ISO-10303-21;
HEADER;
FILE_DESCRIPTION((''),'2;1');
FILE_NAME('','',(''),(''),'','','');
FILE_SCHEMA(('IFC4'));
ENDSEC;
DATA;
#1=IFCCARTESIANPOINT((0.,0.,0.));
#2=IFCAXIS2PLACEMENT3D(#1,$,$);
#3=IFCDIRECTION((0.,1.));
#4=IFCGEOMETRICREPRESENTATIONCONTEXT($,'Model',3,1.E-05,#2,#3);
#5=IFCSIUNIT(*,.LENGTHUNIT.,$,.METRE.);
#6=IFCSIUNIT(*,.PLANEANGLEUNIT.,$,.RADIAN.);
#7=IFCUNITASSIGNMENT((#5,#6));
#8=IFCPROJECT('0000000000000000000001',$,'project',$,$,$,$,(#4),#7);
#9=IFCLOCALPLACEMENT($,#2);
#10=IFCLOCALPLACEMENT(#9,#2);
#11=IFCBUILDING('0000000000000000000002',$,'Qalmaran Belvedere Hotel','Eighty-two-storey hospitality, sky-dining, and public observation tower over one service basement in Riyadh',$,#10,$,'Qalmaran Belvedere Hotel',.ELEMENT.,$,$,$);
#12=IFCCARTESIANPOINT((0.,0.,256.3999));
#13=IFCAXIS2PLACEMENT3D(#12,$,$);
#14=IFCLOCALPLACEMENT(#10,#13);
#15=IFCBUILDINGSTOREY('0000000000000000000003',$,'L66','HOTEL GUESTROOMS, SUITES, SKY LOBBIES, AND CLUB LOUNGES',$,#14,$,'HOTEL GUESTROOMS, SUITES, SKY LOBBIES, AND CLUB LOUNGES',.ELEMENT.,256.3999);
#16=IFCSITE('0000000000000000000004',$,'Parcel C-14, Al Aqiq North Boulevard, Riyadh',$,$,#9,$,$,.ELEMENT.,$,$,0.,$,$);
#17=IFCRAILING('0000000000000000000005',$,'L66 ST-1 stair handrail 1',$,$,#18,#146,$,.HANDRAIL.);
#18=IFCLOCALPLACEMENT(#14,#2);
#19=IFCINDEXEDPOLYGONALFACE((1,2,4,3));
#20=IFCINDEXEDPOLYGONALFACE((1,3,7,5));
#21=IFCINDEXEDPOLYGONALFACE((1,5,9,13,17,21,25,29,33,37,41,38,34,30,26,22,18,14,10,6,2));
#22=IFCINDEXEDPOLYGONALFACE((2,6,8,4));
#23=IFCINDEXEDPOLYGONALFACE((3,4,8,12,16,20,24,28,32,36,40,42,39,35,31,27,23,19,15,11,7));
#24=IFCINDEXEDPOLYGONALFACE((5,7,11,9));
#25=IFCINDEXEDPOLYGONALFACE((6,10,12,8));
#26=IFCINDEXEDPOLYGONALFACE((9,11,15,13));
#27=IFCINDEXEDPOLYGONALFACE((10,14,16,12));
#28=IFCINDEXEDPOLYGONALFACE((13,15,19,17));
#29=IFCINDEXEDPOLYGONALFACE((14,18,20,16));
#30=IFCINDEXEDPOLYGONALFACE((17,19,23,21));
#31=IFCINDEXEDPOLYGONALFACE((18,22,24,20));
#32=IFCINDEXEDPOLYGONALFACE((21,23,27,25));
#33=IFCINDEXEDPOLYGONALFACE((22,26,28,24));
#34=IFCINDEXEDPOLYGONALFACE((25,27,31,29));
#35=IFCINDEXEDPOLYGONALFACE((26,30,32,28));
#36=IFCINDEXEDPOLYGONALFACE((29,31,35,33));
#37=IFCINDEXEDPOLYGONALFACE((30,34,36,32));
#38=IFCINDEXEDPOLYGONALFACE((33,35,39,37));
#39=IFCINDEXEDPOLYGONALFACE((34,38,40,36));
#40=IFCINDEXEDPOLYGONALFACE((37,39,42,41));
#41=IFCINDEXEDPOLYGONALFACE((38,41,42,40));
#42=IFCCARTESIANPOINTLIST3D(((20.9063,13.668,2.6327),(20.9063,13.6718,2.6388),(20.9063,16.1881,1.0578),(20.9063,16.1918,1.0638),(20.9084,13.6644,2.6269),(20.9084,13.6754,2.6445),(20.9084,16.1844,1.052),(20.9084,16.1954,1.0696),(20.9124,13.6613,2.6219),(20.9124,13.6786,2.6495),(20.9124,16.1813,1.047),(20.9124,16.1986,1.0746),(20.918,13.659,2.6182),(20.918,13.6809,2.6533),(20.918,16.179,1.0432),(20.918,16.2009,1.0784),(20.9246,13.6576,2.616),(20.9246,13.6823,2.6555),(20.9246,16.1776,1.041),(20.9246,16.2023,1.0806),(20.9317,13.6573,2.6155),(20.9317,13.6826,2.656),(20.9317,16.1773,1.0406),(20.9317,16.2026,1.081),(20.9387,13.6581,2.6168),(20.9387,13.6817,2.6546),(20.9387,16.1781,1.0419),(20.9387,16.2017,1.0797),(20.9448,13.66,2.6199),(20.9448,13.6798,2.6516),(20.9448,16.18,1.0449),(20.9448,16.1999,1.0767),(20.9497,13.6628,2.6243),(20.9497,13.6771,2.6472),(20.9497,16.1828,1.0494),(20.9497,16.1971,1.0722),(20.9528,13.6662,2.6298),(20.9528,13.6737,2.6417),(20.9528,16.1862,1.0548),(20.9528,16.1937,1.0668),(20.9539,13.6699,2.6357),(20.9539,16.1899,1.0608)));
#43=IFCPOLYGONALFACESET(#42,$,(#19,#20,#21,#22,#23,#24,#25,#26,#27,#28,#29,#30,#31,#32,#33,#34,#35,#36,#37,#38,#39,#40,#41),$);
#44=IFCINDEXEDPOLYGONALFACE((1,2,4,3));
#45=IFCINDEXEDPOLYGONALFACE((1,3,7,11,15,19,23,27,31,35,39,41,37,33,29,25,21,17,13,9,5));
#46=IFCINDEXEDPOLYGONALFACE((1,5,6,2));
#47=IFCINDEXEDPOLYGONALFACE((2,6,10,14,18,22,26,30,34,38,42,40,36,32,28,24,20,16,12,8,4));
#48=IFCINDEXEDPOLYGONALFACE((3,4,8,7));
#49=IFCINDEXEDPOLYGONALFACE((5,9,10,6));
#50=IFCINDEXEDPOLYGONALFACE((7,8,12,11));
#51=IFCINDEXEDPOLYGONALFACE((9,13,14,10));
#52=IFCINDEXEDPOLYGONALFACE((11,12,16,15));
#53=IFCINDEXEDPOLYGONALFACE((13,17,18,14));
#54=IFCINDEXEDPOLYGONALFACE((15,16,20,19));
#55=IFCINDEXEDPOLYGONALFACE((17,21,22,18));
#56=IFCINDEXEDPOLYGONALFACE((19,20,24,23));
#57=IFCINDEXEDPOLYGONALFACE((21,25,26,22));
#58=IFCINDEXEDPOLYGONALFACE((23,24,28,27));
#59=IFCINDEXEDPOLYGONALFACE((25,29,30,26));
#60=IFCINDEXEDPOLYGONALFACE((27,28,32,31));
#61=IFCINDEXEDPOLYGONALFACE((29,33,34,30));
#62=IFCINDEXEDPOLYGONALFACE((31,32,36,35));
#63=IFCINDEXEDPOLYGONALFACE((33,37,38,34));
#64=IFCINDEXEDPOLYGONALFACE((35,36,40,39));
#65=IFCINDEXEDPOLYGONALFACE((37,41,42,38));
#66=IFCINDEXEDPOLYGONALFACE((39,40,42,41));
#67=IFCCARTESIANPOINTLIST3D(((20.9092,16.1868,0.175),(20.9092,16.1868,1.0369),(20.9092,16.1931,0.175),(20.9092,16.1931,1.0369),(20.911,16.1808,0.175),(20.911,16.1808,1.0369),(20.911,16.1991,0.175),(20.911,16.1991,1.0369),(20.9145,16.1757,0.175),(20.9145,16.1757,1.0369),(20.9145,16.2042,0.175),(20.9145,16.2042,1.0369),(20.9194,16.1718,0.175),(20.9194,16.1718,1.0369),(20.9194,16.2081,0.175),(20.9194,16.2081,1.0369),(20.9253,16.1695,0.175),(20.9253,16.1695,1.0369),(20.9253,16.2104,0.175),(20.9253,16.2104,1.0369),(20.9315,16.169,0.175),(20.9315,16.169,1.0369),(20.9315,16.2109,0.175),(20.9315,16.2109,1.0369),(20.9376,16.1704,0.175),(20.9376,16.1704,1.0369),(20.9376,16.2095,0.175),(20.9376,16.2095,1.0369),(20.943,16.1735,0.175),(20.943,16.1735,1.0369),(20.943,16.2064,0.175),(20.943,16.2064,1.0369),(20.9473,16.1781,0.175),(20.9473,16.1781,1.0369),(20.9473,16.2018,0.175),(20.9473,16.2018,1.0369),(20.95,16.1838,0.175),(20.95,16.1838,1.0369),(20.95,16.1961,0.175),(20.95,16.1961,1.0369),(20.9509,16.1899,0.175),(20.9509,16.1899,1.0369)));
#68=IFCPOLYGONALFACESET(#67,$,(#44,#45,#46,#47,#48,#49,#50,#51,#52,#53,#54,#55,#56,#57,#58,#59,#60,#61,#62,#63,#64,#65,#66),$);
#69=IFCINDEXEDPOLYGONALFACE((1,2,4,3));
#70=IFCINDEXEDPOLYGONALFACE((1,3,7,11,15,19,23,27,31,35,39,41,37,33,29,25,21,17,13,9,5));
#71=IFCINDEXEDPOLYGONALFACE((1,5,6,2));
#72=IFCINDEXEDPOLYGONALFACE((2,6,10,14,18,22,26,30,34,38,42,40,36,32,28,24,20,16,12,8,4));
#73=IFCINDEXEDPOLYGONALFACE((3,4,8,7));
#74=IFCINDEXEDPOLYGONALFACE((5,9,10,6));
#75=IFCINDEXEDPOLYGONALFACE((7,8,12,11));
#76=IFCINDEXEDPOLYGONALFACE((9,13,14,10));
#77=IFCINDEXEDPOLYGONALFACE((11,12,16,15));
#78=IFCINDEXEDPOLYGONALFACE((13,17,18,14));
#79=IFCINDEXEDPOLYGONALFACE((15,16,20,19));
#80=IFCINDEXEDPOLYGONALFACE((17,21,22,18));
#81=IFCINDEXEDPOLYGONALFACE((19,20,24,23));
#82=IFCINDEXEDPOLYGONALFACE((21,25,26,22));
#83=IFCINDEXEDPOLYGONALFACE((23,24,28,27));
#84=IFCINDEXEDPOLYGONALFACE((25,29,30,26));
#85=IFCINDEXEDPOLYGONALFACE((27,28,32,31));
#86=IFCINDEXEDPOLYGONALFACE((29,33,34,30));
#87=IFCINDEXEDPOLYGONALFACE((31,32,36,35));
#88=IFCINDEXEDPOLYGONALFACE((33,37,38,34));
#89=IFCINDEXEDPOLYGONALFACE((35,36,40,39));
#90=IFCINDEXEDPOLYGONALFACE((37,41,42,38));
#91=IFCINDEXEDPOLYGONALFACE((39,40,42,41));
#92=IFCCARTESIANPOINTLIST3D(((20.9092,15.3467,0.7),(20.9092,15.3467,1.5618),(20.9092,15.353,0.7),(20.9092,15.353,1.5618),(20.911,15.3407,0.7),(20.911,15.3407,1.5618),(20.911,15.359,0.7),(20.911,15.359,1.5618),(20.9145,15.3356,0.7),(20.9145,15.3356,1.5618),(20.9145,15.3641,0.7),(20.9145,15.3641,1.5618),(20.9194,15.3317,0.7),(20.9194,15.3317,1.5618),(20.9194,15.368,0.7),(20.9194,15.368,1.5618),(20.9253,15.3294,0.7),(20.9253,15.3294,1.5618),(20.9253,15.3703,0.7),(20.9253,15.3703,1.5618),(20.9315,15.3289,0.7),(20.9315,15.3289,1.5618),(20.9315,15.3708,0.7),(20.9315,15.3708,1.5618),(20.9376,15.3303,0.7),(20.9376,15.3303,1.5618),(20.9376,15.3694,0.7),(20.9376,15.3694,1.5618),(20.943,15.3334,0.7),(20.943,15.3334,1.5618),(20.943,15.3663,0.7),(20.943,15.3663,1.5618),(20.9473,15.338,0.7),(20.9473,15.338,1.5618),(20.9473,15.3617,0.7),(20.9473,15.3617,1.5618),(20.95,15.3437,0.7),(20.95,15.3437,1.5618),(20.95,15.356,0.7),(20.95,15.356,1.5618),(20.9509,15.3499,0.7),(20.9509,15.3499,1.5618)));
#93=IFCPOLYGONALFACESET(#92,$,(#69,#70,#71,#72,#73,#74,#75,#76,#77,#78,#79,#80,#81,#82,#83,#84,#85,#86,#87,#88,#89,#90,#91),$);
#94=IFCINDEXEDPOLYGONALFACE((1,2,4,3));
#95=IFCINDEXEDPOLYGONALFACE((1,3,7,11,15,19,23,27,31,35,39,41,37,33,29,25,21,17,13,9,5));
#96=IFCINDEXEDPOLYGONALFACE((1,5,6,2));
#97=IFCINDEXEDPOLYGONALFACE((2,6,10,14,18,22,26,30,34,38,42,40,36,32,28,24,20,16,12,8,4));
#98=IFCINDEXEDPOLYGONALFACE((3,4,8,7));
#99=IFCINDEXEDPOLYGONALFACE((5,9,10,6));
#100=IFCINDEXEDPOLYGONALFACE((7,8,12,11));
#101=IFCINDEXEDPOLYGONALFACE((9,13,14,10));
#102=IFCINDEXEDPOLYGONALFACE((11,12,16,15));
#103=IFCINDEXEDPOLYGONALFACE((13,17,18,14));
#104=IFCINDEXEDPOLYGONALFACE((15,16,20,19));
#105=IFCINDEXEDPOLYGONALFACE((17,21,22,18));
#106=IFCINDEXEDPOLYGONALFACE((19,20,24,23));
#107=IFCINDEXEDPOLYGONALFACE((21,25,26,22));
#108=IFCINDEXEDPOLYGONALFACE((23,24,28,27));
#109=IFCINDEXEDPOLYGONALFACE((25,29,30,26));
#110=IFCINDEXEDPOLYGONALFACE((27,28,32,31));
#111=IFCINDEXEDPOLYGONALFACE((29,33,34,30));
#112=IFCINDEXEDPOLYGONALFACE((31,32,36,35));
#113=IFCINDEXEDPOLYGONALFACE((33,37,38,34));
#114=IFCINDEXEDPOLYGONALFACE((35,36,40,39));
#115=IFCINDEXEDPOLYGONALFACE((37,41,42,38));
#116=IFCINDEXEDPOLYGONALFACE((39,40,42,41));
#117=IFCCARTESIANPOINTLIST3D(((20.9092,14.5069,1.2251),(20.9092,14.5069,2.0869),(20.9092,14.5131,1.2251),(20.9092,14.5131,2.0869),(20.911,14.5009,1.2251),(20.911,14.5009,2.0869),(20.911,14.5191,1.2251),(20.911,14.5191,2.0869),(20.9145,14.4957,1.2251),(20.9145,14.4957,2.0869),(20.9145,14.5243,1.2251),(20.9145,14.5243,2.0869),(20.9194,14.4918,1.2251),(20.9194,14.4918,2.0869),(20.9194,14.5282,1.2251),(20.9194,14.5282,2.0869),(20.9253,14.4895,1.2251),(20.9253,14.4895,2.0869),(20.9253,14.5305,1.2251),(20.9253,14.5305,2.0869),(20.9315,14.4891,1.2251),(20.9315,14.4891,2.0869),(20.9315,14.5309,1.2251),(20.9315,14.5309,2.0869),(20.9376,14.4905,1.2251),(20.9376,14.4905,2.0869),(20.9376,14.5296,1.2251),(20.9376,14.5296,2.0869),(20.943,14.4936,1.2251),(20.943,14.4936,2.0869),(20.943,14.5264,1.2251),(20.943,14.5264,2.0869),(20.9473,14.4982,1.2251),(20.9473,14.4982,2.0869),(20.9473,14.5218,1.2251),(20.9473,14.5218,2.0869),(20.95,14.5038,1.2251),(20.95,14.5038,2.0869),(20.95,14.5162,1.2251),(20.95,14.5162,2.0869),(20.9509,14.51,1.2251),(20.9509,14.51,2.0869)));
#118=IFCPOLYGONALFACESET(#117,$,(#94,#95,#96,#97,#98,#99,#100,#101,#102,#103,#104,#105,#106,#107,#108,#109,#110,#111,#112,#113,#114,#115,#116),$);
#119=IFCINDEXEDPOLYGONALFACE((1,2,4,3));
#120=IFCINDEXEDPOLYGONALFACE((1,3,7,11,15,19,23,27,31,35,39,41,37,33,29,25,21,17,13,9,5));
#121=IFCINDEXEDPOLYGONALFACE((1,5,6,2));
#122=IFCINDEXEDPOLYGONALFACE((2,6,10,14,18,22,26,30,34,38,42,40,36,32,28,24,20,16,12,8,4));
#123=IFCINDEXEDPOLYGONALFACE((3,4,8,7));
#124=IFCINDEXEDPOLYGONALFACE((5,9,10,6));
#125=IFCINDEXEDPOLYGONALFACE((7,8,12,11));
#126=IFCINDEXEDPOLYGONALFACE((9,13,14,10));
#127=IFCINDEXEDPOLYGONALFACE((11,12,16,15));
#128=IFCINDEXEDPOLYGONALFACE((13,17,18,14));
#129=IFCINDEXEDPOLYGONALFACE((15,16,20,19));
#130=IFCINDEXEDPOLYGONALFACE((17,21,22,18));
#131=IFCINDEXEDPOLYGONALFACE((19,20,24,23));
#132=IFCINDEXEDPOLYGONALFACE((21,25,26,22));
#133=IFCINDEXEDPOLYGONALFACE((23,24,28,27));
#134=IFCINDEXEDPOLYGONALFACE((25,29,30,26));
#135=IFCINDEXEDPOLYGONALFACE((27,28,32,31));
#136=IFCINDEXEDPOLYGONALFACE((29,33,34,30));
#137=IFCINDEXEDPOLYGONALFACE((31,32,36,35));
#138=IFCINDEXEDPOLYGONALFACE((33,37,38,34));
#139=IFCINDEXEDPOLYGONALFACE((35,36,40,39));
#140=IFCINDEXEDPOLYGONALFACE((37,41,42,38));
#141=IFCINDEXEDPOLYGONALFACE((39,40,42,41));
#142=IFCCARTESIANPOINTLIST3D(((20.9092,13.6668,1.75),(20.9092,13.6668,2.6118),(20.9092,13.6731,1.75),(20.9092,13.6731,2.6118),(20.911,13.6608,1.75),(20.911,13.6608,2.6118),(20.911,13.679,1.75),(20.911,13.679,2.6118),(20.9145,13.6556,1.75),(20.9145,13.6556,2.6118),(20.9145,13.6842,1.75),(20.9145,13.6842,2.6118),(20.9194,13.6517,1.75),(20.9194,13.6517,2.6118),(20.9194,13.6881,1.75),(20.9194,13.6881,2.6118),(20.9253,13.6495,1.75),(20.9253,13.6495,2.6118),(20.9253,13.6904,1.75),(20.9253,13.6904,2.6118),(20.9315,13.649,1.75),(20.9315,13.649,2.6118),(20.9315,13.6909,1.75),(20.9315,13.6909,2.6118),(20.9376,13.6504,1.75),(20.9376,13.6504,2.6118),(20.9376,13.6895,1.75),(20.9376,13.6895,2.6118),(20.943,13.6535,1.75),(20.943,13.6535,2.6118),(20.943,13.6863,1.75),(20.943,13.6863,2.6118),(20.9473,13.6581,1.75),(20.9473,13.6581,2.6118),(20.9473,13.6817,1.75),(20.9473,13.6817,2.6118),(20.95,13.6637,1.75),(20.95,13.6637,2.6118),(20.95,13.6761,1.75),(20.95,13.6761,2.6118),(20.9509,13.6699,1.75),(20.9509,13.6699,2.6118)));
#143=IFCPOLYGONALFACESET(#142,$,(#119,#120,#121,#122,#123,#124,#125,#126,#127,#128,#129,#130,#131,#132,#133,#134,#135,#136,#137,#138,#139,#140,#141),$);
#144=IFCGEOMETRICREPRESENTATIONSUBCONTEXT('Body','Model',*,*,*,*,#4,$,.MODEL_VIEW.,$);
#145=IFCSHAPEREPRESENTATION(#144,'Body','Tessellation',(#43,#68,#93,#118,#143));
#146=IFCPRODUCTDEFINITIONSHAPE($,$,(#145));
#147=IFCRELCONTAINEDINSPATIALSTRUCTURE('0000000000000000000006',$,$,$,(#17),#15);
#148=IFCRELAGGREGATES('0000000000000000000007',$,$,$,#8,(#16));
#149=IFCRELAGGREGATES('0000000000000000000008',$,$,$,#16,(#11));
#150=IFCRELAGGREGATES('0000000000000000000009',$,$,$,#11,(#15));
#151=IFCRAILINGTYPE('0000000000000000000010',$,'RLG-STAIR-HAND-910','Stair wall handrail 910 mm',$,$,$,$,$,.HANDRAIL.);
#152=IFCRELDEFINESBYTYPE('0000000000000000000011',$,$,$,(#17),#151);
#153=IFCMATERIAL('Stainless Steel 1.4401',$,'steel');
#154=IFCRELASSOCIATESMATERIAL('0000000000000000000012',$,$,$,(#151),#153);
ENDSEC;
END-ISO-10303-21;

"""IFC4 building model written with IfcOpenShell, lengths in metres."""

from ifc_helpers import new_model, si_unit, direction, frame, origin, origin_2d, place, context, subcontext, project, spatial, circle, extrude, material, type_object, element, save


model = new_model("IFC4")

# Units and contexts
model_context = context("Model", 3, precision=1e-05, world=origin(), true_north=direction((0.0, 1.0)))
body_context = subcontext(model_context, "Body", "Model", "MODEL_VIEW")
ifc_project = project(units=[si_unit("LENGTHUNIT", "METRE"), si_unit("PLANEANGLEUNIT", "RADIAN")], contexts=[model_context])

# Site, building, storey
site_placement = place(None, origin())
site = spatial("IfcSite", under=ifc_project, at=site_placement, Name="Parcel C-14, Al Aqiq North Boulevard, Riyadh", CompositionType="ELEMENT", RefElevation=0.0)
building_placement = place(site_placement, origin())
building = spatial("IfcBuilding", under=site, at=building_placement, Name="Qalmaran Belvedere Hotel", Description="Eighty-two-storey hospitality, sky-dining, and public observation tower over one service basement in Riyadh", LongName="Qalmaran Belvedere Hotel", CompositionType="ELEMENT")
storey_placement = place(building_placement, frame((0.0, 0.0, 256.3999)))
storey = spatial("IfcBuildingStorey", under=building, at=storey_placement, Name="L66", Description="HOTEL GUESTROOMS, SUITES, SKY LOBBIES, AND CLUB LOUNGES", LongName="HOTEL GUESTROOMS, SUITES, SKY LOBBIES, AND CLUB LOUNGES", CompositionType="ELEMENT", Elevation=256.3999)

# Shared definitions
ifc_material_1 = material(Name="Stainless Steel 1.4401", Category="steel")

# Railing
railing_type_1 = type_object("IfcRailingType", Name="RLG-STAIR-HAND-910", Description="Stair wall handrail 910 mm", PredefinedType="HANDRAIL", material=ifc_material_1)
railing_1_placement = place(storey_placement, frame((20.9299, 16.1899, 0.175)))
element("IfcRailing", 1, at=railing_1_placement, inside=storey, type_object=railing_type_1, Name="L66 ST-1 stair handrail 1", PredefinedType="HANDRAIL", context=body_context, shape_type="SweptSolid", body=[
    extrude(circle(Radius=0.0239, at=origin_2d()), frame((0.0, 0.0, 0.8857), z_axis=(0.0, -0.848008, 0.529984), x_axis=(1.0, 0.0, 0.0)), (0.0, 0.0, 1.0), 2.9717),
    extrude(circle(Radius=0.021, at=origin_2d()), origin(), (0.0, 0.0, 1.0), 0.8618),
    extrude(circle(Radius=0.021, at=origin_2d()), frame((0.0, -0.8401, 0.5249)), (0.0, 0.0, 1.0), 0.8618),
    extrude(circle(Radius=0.021, at=origin_2d()), frame((0.0, -1.6799, 1.05)), (0.0, 0.0, 1.0), 0.8618),
    extrude(circle(Radius=0.021, at=origin_2d()), frame((0.0, -2.52, 1.575)), (0.0, 0.0, 1.0), 0.8618),
])

save(model, "model.ifc")
